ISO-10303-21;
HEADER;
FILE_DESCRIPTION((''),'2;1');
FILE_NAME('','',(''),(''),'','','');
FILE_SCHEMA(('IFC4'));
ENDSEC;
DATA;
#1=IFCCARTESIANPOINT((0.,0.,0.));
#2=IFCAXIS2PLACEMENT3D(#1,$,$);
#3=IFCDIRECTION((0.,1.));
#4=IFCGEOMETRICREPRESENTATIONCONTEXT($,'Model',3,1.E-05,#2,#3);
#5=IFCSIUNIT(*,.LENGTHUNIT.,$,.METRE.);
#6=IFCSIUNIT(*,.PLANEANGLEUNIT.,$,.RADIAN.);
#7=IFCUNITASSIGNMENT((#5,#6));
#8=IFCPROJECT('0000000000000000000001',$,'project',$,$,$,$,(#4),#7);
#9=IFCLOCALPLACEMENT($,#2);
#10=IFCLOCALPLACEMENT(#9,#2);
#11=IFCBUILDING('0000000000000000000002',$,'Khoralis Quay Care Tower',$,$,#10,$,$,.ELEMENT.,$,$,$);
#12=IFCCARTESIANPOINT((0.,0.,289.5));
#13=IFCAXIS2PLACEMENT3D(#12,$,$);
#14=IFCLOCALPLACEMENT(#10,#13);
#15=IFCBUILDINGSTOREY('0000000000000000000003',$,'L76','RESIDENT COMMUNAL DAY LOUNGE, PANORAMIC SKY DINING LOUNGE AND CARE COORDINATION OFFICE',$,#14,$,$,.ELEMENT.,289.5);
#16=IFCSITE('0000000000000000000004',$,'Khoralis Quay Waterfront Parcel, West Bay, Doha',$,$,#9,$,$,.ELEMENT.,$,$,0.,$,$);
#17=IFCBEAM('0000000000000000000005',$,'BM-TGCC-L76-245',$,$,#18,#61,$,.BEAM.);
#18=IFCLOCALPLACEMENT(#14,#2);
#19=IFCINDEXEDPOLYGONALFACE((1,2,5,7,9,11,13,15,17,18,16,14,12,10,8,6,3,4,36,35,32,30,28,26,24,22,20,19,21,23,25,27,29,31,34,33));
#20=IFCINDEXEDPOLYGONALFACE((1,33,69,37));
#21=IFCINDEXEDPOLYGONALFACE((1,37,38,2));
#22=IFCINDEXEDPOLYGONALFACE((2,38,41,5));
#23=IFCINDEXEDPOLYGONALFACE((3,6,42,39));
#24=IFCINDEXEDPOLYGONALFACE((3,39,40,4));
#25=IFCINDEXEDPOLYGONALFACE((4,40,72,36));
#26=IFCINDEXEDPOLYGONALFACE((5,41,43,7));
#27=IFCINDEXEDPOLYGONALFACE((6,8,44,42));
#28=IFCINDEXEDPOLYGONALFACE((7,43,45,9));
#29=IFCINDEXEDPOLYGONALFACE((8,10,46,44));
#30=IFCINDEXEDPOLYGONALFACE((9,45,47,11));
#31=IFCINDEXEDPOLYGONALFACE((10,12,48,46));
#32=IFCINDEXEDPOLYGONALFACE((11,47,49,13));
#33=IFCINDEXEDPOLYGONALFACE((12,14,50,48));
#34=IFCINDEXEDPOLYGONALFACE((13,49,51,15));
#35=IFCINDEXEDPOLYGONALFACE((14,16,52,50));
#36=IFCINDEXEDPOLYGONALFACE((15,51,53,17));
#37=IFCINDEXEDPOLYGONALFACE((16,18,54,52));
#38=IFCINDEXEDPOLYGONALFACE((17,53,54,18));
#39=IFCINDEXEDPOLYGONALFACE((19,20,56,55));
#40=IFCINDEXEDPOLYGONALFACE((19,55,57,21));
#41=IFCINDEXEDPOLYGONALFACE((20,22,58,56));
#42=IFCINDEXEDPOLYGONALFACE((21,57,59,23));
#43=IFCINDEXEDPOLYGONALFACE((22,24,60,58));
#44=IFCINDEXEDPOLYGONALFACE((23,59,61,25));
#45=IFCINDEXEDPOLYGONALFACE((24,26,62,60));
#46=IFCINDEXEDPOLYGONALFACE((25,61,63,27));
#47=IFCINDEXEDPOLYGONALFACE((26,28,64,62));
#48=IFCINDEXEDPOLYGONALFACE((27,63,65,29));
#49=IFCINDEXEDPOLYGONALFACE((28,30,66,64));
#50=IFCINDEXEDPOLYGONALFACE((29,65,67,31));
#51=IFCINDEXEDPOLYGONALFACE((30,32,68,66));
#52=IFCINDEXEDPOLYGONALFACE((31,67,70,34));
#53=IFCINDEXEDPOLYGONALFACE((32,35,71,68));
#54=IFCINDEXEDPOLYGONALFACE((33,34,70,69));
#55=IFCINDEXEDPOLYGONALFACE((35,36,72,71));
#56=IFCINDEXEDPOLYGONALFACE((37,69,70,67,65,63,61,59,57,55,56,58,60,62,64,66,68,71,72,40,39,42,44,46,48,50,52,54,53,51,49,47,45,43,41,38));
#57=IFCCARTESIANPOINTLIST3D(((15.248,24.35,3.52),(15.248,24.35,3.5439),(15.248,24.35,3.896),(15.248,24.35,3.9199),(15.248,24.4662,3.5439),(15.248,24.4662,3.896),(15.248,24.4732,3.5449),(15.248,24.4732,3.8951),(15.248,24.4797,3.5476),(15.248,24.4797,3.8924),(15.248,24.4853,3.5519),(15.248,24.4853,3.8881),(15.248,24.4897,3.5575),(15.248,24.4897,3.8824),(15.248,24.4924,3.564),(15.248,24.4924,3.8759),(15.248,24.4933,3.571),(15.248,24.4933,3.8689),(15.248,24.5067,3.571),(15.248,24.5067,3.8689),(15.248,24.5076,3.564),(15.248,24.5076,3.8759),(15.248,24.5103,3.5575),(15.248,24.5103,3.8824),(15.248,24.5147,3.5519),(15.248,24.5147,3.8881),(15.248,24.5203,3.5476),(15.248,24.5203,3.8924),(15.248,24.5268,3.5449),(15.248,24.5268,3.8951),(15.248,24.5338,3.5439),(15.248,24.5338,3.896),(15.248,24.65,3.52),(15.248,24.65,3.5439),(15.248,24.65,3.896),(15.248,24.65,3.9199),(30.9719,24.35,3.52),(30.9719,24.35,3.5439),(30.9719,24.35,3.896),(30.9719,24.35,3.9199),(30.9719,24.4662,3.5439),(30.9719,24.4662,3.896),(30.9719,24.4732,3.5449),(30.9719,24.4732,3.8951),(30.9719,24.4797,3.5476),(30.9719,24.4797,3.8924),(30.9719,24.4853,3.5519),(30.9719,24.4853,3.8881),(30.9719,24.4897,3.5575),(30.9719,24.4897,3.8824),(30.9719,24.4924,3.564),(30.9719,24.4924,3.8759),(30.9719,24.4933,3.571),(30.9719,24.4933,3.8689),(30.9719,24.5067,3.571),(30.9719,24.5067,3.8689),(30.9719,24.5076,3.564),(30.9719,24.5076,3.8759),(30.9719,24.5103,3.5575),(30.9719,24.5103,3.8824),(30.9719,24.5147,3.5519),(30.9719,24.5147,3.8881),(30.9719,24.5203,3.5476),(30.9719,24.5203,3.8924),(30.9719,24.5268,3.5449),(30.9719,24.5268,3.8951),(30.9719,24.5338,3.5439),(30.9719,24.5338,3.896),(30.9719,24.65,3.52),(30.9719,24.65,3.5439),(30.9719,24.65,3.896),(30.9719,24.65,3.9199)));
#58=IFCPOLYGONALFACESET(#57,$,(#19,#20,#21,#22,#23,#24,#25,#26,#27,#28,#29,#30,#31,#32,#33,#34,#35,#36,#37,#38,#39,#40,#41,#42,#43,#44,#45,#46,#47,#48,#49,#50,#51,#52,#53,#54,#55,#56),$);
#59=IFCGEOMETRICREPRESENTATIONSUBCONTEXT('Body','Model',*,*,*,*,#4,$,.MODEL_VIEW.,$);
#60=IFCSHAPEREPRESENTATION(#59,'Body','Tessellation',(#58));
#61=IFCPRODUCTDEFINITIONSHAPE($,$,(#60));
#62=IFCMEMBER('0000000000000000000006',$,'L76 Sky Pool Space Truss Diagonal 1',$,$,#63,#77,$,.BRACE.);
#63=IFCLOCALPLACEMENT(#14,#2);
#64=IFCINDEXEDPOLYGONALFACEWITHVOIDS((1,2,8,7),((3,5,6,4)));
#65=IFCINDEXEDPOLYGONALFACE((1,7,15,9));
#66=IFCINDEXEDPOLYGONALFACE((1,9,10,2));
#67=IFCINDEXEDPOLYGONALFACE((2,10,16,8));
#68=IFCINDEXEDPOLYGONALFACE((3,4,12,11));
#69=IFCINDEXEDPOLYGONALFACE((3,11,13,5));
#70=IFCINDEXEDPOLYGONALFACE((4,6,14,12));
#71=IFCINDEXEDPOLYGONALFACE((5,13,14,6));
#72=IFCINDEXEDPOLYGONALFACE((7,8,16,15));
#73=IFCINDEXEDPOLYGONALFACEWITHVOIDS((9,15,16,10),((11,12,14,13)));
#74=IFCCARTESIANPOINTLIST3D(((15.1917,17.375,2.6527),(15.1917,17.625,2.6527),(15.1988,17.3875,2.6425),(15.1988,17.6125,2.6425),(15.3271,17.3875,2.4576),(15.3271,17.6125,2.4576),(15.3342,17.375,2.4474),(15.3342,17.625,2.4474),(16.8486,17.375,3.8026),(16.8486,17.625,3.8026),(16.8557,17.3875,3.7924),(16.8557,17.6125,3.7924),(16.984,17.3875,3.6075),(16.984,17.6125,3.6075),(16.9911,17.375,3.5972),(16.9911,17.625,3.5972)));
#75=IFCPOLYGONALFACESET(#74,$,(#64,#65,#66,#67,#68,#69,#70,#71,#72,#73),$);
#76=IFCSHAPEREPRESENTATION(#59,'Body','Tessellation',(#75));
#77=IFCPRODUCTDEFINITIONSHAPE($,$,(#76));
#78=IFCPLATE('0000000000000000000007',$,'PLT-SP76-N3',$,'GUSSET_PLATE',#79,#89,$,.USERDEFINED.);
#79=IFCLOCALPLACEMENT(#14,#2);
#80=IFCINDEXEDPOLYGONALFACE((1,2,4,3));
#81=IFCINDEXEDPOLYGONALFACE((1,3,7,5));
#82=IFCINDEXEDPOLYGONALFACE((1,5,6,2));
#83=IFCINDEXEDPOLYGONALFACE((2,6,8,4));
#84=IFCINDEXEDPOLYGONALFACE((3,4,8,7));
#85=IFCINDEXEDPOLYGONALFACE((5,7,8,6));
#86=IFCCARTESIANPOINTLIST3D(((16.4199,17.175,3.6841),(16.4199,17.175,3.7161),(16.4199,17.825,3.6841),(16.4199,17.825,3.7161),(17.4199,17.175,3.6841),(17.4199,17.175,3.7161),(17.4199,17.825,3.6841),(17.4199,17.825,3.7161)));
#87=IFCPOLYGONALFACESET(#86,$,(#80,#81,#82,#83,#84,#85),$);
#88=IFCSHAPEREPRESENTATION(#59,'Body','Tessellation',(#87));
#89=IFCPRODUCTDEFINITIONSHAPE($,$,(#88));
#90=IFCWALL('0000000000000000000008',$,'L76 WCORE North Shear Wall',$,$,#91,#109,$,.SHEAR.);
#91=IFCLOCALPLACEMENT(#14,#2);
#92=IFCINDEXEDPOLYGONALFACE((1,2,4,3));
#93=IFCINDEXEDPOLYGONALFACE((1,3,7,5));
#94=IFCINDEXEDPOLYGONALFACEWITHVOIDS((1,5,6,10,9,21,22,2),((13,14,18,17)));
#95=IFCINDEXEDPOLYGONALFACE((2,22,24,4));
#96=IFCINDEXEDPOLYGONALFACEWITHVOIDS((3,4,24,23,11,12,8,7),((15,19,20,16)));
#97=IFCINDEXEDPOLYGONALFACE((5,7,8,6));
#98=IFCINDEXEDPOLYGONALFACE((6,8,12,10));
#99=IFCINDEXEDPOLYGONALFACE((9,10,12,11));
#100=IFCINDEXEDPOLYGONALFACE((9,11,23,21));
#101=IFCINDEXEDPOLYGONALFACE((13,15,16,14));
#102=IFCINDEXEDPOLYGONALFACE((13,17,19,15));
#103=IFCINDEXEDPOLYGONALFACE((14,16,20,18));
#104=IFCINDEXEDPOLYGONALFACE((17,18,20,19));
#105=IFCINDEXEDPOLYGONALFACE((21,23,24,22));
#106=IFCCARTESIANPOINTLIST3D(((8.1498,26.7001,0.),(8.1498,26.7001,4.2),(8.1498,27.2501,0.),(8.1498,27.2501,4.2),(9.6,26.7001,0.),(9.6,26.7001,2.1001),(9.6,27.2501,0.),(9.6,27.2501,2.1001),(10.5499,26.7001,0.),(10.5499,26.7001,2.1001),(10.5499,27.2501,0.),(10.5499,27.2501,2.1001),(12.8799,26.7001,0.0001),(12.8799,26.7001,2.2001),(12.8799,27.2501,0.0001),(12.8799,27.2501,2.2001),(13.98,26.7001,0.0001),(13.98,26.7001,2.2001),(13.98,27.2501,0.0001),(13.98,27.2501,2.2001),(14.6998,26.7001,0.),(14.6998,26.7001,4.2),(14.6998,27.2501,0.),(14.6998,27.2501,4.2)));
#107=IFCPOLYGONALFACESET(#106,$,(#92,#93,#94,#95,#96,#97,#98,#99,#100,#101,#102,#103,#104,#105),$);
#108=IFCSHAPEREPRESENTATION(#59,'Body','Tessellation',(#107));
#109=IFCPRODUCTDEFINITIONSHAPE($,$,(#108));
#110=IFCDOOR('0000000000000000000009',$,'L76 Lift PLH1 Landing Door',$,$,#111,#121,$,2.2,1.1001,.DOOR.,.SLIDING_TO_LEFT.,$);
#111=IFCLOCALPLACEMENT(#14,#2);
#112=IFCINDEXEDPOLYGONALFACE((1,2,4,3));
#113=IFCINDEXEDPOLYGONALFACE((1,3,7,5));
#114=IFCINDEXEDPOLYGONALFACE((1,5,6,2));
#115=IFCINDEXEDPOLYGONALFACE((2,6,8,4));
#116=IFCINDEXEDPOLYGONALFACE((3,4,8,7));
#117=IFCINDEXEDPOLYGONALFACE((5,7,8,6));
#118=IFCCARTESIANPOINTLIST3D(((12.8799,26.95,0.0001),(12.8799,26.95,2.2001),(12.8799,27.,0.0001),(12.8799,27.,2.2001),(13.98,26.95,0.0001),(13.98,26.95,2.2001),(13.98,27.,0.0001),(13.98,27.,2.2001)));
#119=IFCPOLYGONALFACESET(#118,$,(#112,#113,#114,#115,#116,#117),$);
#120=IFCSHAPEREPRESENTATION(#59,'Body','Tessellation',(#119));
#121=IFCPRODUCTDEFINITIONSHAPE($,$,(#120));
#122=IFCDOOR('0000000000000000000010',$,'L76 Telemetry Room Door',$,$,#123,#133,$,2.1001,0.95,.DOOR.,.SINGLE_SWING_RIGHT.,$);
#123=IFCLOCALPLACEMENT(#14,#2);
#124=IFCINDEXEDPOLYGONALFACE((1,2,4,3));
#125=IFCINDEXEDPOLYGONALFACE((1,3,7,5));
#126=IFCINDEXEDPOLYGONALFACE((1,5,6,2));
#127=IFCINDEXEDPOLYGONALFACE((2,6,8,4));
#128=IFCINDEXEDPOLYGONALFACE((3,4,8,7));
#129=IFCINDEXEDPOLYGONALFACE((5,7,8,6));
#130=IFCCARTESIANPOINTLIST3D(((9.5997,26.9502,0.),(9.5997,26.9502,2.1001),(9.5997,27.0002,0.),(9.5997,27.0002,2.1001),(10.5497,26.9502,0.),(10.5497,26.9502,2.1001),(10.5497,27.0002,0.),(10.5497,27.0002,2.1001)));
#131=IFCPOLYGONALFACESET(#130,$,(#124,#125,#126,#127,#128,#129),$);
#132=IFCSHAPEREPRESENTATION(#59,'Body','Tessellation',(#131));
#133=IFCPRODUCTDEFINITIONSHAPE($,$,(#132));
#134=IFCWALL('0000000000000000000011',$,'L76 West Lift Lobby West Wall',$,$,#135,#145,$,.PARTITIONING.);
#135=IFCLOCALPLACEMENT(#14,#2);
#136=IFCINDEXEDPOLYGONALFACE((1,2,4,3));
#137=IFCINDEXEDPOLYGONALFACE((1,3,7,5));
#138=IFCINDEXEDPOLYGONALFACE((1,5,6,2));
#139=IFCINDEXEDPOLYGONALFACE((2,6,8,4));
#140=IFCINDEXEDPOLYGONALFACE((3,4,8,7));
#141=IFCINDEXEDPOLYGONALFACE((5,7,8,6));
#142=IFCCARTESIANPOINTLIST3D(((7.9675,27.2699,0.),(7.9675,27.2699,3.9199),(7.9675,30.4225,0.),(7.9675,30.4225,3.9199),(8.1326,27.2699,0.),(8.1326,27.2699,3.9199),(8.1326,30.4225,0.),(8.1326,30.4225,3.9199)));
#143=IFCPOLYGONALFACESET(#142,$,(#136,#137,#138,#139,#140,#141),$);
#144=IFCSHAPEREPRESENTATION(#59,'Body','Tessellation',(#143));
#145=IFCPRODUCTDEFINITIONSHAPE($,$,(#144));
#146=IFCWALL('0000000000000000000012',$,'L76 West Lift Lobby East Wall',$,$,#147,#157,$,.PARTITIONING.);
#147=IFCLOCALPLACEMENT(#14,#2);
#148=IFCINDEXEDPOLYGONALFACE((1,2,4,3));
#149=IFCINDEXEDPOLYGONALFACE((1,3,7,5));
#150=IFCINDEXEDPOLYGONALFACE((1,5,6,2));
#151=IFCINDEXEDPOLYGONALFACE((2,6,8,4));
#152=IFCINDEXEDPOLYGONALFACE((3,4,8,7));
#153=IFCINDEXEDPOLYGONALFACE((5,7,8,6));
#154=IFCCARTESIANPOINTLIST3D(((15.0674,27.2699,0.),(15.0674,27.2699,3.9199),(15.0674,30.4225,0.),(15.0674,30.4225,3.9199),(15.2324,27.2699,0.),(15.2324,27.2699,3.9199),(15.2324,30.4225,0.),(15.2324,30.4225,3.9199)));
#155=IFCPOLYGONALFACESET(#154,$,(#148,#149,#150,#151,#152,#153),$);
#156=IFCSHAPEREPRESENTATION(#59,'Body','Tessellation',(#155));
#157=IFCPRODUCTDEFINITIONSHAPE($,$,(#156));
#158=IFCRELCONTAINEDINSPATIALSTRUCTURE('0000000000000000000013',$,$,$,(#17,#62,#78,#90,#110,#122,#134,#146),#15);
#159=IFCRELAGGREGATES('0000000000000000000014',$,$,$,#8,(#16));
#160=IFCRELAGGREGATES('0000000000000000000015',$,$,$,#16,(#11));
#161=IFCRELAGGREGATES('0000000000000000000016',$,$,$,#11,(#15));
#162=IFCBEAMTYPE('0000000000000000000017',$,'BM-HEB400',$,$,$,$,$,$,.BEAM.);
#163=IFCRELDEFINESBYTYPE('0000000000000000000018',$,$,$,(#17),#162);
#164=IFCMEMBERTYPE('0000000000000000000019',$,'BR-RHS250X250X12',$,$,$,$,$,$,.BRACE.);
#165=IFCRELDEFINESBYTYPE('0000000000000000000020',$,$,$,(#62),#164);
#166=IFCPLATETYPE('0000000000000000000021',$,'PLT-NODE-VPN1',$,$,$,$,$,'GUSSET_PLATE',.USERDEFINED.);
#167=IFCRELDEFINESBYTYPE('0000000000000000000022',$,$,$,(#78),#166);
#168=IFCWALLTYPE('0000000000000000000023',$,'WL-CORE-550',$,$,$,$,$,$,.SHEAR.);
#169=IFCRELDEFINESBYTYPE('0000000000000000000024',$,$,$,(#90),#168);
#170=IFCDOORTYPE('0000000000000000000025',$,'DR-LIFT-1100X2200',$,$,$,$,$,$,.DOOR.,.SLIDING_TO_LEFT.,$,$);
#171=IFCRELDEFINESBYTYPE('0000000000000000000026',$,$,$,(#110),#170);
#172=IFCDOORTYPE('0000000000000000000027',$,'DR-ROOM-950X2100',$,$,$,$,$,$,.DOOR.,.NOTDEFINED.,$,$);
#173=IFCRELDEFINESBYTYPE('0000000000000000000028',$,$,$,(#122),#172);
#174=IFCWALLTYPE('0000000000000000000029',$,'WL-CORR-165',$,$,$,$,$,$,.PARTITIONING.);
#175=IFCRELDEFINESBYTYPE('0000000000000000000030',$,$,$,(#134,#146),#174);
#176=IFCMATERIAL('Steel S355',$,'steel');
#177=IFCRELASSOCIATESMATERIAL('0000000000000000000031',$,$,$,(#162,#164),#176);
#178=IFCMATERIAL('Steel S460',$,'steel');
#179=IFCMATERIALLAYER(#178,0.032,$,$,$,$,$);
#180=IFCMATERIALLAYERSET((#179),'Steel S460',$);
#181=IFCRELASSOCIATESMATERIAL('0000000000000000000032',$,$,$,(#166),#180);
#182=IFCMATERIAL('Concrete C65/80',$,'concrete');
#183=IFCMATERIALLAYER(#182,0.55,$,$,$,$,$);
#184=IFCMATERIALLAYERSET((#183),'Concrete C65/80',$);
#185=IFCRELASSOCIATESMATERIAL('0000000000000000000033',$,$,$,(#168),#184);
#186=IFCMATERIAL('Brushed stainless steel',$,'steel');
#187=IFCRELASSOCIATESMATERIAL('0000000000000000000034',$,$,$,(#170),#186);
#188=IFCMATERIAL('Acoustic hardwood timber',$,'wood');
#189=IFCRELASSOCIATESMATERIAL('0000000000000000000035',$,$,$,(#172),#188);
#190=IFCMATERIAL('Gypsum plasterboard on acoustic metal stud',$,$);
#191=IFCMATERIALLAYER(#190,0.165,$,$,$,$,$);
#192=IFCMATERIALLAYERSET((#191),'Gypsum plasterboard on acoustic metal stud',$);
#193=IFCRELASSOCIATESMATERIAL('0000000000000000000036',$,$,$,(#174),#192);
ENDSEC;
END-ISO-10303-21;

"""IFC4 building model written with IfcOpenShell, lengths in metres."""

from ifc_helpers import new_model, si_unit, direction, frame, frame_2d, origin, origin_2d, place, context, subcontext, project, spatial, rectangle, hollow_rectangle, i_section, extrude, source, transform, mapped, material, layer, layer_set, material_profile, profile_set, type_object, element, fill, save


model = new_model("IFC4")

# Units and contexts
model_context = context("Model", 3, precision=1e-05, world=origin(), true_north=direction((0.0, 1.0)))
body_context = subcontext(model_context, "Body", "Model", "MODEL_VIEW")
ifc_project = project(units=[si_unit("LENGTHUNIT", "METRE"), si_unit("PLANEANGLEUNIT", "RADIAN")], contexts=[model_context])

# Site, building, storey
site_placement = place(None, origin())
site = spatial("IfcSite", under=ifc_project, at=site_placement, Name="Khoralis Quay Waterfront Parcel, West Bay, Doha", CompositionType="ELEMENT", RefElevation=0.0)
building_placement = place(site_placement, origin())
building = spatial("IfcBuilding", under=site, at=building_placement, Name="Khoralis Quay Care Tower", CompositionType="ELEMENT")
storey_placement = place(building_placement, frame((0.0, 0.0, 289.5)))
storey = spatial("IfcBuildingStorey", under=building, at=storey_placement, Name="L76", Description="RESIDENT COMMUNAL DAY LOUNGE, PANORAMIC SKY DINING LOUNGE AND CARE COORDINATION OFFICE", CompositionType="ELEMENT", Elevation=289.5)

# Beam
ifc_material_1 = material(Name="Steel S355", Category="steel")
ifc_material_profile_1 = material_profile(ifc_material_1, i_section(OverallWidth=0.3, OverallDepth=0.3999, WebThickness=0.0134, FlangeThickness=0.0239, FilletRadius=0.0271, at=origin_2d()), Name="Steel S355")
ifc_profile_set_1 = profile_set([ifc_material_profile_1], Name="Steel S355")
beam_type_1 = type_object("IfcBeamType", Name="BM-HEB400", PredefinedType="BEAM", material=ifc_profile_set_1)
shared_shape_1 = source(origin(), body_context, "Body", "SweptSolid", [
    extrude(i_section(OverallWidth=0.3, OverallDepth=0.3999, WebThickness=0.0134, FlangeThickness=0.0239, FilletRadius=0.0271, at=origin_2d()), origin(), (0.0, 0.0, 1.0), 15.7239),
])
beam_1_placement = place(storey_placement, frame((15.248, 24.5, 3.72), z_axis=(1.0, 0.0, 0.0), x_axis=(0.0, 1.0, 0.0)))
element("IfcBeam", 1, at=beam_1_placement, inside=storey, type_object=beam_type_1, Name="BM-TGCC-L76-245", PredefinedType="BEAM", context=body_context, shape_type="MappedRepresentation", body=[
    mapped(shared_shape_1, transform((0.0, 0.0, 0.0), scale=1.0)),
])

# Member
ifc_material_profile_2 = material_profile(ifc_material_1, hollow_rectangle(XDim=0.25, YDim=0.25, WallThickness=0.0125, at=origin_2d()), Name="Steel S355")
ifc_profile_set_2 = profile_set([ifc_material_profile_2], Name="Steel S355")
member_type = type_object("IfcMemberType", Name="BR-RHS250X250X12", PredefinedType="BRACE", material=ifc_profile_set_2)
shared_shape_2 = source(origin(), body_context, "Body", "SweptSolid", [
    extrude(hollow_rectangle(XDim=0.25, YDim=0.25, WallThickness=0.0125, at=origin_2d()), origin(), (0.0, 0.0, 1.0), 2.0168),
])
member_placement = place(storey_placement, frame((15.2629, 17.5, 2.55), z_axis=(0.821551, 0.0, 0.570135), x_axis=(0.0, 1.0, 0.0)))
element("IfcMember", 2, at=member_placement, inside=storey, type_object=member_type, Name="L76 Sky Pool Space Truss Diagonal 1", PredefinedType="BRACE", context=body_context, shape_type="MappedRepresentation", body=[
    mapped(shared_shape_2, transform((0.0, 0.0, 0.0), scale=1.0)),
])

# Plate
ifc_material_2 = material(Name="Steel S460", Category="steel")
ifc_layer_1 = layer(ifc_material_2, 0.032)
ifc_layer_set_1 = layer_set([ifc_layer_1], Name="Steel S460")
plate_type = type_object("IfcPlateType", Name="PLT-NODE-VPN1", ElementType="GUSSET_PLATE", PredefinedType="USERDEFINED", material=ifc_layer_set_1)
shared_shape_3 = source(origin(), body_context, "Body", "SweptSolid", [
    extrude(rectangle(XDim=1.0, YDim=0.6499, at=origin_2d()), origin(), (0.0, 0.0, 1.0), 0.032),
])
plate_placement = place(storey_placement, frame((16.9199, 17.5, 3.6841), z_axis=(0.0, 0.0, 1.0), x_axis=(1.0, 0.0, 0.0)))
element("IfcPlate", 3, at=plate_placement, inside=storey, type_object=plate_type, Name="PLT-SP76-N3", ObjectType="GUSSET_PLATE", PredefinedType="USERDEFINED", context=body_context, shape_type="MappedRepresentation", body=[
    mapped(shared_shape_3, transform((0.0, 0.0, 0.0), scale=1.0)),
])

# Wall, openings, doors
ifc_material_3 = material(Name="Concrete C65/80", Category="concrete")
ifc_layer_2 = layer(ifc_material_3, 0.55)
ifc_layer_set_2 = layer_set([ifc_layer_2], Name="Concrete C65/80")
wall_type_1 = type_object("IfcWallType", Name="WL-CORE-550", PredefinedType="SHEAR", material=ifc_layer_set_2)
wall_1_placement = place(storey_placement, frame((8.1499, 26.9751, 0.0), z_axis=(0.0, 0.0, 1.0), x_axis=(1.0, 0.0, 0.0)))
wall_1 = element("IfcWall", 4, at=wall_1_placement, inside=storey, type_object=wall_type_1, Name="L76 WCORE North Shear Wall", PredefinedType="SHEAR", context=body_context, shape_type="SweptSolid", body=[
    extrude(rectangle(XDim=6.55, YDim=0.55, at=frame_2d((3.2749, 0.0))), origin(), (0.0, 0.0, 1.0), 4.2),
])
opening_1_placement = place(wall_1_placement, frame((1.45, 0.0, 0.0)))
opening_1 = element("IfcOpeningElement", 5, at=opening_1_placement, cuts=wall_1, PredefinedType="OPENING", context=body_context, shape_type="SweptSolid", body=[
    extrude(rectangle(XDim=0.95, YDim=2.1001, at=frame_2d((0.4751, 1.05))), frame((0.0, 0.2852, 0.0), z_axis=(0.0, -1.0, 0.0), x_axis=(1.0, 0.0, 0.0)), (0.0, 0.0, 1.0), 0.5701),
])
opening_2_placement = place(wall_1_placement, frame((4.73, 0.0, 0.0)))
opening_2 = element("IfcOpeningElement", 6, at=opening_2_placement, cuts=wall_1, PredefinedType="OPENING", context=body_context, shape_type="SweptSolid", body=[
    extrude(rectangle(XDim=1.1001, YDim=2.2, at=frame_2d((0.55, 1.1001))), frame((0.0, 0.2852, 0.0), z_axis=(0.0, -1.0, 0.0), x_axis=(1.0, 0.0, 0.0)), (0.0, 0.0, 1.0), 0.5701),
])
ifc_material_4 = material(Name="Brushed stainless steel", Category="steel")
door_type_1 = type_object("IfcDoorType", Name="DR-LIFT-1100X2200", OperationType="SLIDING_TO_LEFT", PredefinedType="DOOR", material=ifc_material_4)
shared_shape_4 = source(origin(), body_context, "Body", "SweptSolid", [
    extrude(rectangle(XDim=1.1001, YDim=2.2, at=frame_2d((0.55, 1.1001))), frame((0.0, 0.0249, 0.0), z_axis=(0.0, -1.0, 0.0), x_axis=(1.0, 0.0, 0.0)), (0.0, 0.0, 1.0), 0.05),
])
door_1_placement = place(opening_2_placement, origin())
door_1 = element("IfcDoor", 7, at=door_1_placement, inside=storey, type_object=door_type_1, Name="L76 Lift PLH1 Landing Door", OperationType="SLIDING_TO_LEFT", OverallHeight=2.2, OverallWidth=1.1001, PredefinedType="DOOR", context=body_context, shape_type="MappedRepresentation", body=[
    mapped(shared_shape_4, transform((0.0, 0.0, 0.0), scale=1.0)),
])
fill(opening_2, door_1)
ifc_material_5 = material(Name="Acoustic hardwood timber", Category="wood")
door_type_2 = type_object("IfcDoorType", Name="DR-ROOM-950X2100", OperationType="NOTDEFINED", PredefinedType="DOOR", material=ifc_material_5)
shared_shape_5 = source(origin(), body_context, "Body", "SweptSolid", [
    extrude(rectangle(XDim=0.95, YDim=2.1001, at=frame_2d((0.4751, 1.05))), frame((0.0, 0.0249, 0.0), z_axis=(0.0, -1.0, 0.0), x_axis=(1.0, 0.0, 0.0)), (0.0, 0.0, 1.0), 0.05),
])
door_2_placement = place(opening_1_placement, frame((0.95, 0.0, 0.0), z_axis=(0.0, 0.0, 1.0), x_axis=(-1.0, 0.0, 0.0)))
door_2 = element("IfcDoor", 8, at=door_2_placement, inside=storey, type_object=door_type_2, Name="L76 Telemetry Room Door", OperationType="SINGLE_SWING_RIGHT", OverallHeight=2.1001, OverallWidth=0.95, PredefinedType="DOOR", context=body_context, shape_type="MappedRepresentation", body=[
    mapped(shared_shape_5, transform((0.0, 0.0, 0.0), scale=1.0)),
])
fill(opening_1, door_2)

# Walls
ifc_material_6 = material(Name="Gypsum plasterboard on acoustic metal stud")
ifc_layer_3 = layer(ifc_material_6, 0.165)
ifc_layer_set_3 = layer_set([ifc_layer_3], Name="Gypsum plasterboard on acoustic metal stud")
wall_type_2 = type_object("IfcWallType", Name="WL-CORR-165", PredefinedType="PARTITIONING", material=ifc_layer_set_3)
for number, where, z_axis, x_axis, name in (
    (9, (8.05, 27.27, 0.0), (0.0, 0.0, 1.0), (0.0, 1.0, 0.0), "L76 West Lift Lobby West Wall"),
    (10, (15.1499, 27.27, 0.0), (0.0, 0.0, 1.0), (0.0, 1.0, 0.0), "L76 West Lift Lobby East Wall"),
):
    element("IfcWall", number, at=place(storey_placement, frame(where, z_axis=z_axis, x_axis=x_axis)), inside=storey, type_object=wall_type_2, Name=name, PredefinedType="PARTITIONING", context=body_context, shape_type="SweptSolid", body=[
        extrude(rectangle(XDim=3.1526, YDim=0.165, at=frame_2d((1.5762, 0.0))), origin(), (0.0, 0.0, 1.0), 3.9199),
    ])

save(model, "model.ifc")
